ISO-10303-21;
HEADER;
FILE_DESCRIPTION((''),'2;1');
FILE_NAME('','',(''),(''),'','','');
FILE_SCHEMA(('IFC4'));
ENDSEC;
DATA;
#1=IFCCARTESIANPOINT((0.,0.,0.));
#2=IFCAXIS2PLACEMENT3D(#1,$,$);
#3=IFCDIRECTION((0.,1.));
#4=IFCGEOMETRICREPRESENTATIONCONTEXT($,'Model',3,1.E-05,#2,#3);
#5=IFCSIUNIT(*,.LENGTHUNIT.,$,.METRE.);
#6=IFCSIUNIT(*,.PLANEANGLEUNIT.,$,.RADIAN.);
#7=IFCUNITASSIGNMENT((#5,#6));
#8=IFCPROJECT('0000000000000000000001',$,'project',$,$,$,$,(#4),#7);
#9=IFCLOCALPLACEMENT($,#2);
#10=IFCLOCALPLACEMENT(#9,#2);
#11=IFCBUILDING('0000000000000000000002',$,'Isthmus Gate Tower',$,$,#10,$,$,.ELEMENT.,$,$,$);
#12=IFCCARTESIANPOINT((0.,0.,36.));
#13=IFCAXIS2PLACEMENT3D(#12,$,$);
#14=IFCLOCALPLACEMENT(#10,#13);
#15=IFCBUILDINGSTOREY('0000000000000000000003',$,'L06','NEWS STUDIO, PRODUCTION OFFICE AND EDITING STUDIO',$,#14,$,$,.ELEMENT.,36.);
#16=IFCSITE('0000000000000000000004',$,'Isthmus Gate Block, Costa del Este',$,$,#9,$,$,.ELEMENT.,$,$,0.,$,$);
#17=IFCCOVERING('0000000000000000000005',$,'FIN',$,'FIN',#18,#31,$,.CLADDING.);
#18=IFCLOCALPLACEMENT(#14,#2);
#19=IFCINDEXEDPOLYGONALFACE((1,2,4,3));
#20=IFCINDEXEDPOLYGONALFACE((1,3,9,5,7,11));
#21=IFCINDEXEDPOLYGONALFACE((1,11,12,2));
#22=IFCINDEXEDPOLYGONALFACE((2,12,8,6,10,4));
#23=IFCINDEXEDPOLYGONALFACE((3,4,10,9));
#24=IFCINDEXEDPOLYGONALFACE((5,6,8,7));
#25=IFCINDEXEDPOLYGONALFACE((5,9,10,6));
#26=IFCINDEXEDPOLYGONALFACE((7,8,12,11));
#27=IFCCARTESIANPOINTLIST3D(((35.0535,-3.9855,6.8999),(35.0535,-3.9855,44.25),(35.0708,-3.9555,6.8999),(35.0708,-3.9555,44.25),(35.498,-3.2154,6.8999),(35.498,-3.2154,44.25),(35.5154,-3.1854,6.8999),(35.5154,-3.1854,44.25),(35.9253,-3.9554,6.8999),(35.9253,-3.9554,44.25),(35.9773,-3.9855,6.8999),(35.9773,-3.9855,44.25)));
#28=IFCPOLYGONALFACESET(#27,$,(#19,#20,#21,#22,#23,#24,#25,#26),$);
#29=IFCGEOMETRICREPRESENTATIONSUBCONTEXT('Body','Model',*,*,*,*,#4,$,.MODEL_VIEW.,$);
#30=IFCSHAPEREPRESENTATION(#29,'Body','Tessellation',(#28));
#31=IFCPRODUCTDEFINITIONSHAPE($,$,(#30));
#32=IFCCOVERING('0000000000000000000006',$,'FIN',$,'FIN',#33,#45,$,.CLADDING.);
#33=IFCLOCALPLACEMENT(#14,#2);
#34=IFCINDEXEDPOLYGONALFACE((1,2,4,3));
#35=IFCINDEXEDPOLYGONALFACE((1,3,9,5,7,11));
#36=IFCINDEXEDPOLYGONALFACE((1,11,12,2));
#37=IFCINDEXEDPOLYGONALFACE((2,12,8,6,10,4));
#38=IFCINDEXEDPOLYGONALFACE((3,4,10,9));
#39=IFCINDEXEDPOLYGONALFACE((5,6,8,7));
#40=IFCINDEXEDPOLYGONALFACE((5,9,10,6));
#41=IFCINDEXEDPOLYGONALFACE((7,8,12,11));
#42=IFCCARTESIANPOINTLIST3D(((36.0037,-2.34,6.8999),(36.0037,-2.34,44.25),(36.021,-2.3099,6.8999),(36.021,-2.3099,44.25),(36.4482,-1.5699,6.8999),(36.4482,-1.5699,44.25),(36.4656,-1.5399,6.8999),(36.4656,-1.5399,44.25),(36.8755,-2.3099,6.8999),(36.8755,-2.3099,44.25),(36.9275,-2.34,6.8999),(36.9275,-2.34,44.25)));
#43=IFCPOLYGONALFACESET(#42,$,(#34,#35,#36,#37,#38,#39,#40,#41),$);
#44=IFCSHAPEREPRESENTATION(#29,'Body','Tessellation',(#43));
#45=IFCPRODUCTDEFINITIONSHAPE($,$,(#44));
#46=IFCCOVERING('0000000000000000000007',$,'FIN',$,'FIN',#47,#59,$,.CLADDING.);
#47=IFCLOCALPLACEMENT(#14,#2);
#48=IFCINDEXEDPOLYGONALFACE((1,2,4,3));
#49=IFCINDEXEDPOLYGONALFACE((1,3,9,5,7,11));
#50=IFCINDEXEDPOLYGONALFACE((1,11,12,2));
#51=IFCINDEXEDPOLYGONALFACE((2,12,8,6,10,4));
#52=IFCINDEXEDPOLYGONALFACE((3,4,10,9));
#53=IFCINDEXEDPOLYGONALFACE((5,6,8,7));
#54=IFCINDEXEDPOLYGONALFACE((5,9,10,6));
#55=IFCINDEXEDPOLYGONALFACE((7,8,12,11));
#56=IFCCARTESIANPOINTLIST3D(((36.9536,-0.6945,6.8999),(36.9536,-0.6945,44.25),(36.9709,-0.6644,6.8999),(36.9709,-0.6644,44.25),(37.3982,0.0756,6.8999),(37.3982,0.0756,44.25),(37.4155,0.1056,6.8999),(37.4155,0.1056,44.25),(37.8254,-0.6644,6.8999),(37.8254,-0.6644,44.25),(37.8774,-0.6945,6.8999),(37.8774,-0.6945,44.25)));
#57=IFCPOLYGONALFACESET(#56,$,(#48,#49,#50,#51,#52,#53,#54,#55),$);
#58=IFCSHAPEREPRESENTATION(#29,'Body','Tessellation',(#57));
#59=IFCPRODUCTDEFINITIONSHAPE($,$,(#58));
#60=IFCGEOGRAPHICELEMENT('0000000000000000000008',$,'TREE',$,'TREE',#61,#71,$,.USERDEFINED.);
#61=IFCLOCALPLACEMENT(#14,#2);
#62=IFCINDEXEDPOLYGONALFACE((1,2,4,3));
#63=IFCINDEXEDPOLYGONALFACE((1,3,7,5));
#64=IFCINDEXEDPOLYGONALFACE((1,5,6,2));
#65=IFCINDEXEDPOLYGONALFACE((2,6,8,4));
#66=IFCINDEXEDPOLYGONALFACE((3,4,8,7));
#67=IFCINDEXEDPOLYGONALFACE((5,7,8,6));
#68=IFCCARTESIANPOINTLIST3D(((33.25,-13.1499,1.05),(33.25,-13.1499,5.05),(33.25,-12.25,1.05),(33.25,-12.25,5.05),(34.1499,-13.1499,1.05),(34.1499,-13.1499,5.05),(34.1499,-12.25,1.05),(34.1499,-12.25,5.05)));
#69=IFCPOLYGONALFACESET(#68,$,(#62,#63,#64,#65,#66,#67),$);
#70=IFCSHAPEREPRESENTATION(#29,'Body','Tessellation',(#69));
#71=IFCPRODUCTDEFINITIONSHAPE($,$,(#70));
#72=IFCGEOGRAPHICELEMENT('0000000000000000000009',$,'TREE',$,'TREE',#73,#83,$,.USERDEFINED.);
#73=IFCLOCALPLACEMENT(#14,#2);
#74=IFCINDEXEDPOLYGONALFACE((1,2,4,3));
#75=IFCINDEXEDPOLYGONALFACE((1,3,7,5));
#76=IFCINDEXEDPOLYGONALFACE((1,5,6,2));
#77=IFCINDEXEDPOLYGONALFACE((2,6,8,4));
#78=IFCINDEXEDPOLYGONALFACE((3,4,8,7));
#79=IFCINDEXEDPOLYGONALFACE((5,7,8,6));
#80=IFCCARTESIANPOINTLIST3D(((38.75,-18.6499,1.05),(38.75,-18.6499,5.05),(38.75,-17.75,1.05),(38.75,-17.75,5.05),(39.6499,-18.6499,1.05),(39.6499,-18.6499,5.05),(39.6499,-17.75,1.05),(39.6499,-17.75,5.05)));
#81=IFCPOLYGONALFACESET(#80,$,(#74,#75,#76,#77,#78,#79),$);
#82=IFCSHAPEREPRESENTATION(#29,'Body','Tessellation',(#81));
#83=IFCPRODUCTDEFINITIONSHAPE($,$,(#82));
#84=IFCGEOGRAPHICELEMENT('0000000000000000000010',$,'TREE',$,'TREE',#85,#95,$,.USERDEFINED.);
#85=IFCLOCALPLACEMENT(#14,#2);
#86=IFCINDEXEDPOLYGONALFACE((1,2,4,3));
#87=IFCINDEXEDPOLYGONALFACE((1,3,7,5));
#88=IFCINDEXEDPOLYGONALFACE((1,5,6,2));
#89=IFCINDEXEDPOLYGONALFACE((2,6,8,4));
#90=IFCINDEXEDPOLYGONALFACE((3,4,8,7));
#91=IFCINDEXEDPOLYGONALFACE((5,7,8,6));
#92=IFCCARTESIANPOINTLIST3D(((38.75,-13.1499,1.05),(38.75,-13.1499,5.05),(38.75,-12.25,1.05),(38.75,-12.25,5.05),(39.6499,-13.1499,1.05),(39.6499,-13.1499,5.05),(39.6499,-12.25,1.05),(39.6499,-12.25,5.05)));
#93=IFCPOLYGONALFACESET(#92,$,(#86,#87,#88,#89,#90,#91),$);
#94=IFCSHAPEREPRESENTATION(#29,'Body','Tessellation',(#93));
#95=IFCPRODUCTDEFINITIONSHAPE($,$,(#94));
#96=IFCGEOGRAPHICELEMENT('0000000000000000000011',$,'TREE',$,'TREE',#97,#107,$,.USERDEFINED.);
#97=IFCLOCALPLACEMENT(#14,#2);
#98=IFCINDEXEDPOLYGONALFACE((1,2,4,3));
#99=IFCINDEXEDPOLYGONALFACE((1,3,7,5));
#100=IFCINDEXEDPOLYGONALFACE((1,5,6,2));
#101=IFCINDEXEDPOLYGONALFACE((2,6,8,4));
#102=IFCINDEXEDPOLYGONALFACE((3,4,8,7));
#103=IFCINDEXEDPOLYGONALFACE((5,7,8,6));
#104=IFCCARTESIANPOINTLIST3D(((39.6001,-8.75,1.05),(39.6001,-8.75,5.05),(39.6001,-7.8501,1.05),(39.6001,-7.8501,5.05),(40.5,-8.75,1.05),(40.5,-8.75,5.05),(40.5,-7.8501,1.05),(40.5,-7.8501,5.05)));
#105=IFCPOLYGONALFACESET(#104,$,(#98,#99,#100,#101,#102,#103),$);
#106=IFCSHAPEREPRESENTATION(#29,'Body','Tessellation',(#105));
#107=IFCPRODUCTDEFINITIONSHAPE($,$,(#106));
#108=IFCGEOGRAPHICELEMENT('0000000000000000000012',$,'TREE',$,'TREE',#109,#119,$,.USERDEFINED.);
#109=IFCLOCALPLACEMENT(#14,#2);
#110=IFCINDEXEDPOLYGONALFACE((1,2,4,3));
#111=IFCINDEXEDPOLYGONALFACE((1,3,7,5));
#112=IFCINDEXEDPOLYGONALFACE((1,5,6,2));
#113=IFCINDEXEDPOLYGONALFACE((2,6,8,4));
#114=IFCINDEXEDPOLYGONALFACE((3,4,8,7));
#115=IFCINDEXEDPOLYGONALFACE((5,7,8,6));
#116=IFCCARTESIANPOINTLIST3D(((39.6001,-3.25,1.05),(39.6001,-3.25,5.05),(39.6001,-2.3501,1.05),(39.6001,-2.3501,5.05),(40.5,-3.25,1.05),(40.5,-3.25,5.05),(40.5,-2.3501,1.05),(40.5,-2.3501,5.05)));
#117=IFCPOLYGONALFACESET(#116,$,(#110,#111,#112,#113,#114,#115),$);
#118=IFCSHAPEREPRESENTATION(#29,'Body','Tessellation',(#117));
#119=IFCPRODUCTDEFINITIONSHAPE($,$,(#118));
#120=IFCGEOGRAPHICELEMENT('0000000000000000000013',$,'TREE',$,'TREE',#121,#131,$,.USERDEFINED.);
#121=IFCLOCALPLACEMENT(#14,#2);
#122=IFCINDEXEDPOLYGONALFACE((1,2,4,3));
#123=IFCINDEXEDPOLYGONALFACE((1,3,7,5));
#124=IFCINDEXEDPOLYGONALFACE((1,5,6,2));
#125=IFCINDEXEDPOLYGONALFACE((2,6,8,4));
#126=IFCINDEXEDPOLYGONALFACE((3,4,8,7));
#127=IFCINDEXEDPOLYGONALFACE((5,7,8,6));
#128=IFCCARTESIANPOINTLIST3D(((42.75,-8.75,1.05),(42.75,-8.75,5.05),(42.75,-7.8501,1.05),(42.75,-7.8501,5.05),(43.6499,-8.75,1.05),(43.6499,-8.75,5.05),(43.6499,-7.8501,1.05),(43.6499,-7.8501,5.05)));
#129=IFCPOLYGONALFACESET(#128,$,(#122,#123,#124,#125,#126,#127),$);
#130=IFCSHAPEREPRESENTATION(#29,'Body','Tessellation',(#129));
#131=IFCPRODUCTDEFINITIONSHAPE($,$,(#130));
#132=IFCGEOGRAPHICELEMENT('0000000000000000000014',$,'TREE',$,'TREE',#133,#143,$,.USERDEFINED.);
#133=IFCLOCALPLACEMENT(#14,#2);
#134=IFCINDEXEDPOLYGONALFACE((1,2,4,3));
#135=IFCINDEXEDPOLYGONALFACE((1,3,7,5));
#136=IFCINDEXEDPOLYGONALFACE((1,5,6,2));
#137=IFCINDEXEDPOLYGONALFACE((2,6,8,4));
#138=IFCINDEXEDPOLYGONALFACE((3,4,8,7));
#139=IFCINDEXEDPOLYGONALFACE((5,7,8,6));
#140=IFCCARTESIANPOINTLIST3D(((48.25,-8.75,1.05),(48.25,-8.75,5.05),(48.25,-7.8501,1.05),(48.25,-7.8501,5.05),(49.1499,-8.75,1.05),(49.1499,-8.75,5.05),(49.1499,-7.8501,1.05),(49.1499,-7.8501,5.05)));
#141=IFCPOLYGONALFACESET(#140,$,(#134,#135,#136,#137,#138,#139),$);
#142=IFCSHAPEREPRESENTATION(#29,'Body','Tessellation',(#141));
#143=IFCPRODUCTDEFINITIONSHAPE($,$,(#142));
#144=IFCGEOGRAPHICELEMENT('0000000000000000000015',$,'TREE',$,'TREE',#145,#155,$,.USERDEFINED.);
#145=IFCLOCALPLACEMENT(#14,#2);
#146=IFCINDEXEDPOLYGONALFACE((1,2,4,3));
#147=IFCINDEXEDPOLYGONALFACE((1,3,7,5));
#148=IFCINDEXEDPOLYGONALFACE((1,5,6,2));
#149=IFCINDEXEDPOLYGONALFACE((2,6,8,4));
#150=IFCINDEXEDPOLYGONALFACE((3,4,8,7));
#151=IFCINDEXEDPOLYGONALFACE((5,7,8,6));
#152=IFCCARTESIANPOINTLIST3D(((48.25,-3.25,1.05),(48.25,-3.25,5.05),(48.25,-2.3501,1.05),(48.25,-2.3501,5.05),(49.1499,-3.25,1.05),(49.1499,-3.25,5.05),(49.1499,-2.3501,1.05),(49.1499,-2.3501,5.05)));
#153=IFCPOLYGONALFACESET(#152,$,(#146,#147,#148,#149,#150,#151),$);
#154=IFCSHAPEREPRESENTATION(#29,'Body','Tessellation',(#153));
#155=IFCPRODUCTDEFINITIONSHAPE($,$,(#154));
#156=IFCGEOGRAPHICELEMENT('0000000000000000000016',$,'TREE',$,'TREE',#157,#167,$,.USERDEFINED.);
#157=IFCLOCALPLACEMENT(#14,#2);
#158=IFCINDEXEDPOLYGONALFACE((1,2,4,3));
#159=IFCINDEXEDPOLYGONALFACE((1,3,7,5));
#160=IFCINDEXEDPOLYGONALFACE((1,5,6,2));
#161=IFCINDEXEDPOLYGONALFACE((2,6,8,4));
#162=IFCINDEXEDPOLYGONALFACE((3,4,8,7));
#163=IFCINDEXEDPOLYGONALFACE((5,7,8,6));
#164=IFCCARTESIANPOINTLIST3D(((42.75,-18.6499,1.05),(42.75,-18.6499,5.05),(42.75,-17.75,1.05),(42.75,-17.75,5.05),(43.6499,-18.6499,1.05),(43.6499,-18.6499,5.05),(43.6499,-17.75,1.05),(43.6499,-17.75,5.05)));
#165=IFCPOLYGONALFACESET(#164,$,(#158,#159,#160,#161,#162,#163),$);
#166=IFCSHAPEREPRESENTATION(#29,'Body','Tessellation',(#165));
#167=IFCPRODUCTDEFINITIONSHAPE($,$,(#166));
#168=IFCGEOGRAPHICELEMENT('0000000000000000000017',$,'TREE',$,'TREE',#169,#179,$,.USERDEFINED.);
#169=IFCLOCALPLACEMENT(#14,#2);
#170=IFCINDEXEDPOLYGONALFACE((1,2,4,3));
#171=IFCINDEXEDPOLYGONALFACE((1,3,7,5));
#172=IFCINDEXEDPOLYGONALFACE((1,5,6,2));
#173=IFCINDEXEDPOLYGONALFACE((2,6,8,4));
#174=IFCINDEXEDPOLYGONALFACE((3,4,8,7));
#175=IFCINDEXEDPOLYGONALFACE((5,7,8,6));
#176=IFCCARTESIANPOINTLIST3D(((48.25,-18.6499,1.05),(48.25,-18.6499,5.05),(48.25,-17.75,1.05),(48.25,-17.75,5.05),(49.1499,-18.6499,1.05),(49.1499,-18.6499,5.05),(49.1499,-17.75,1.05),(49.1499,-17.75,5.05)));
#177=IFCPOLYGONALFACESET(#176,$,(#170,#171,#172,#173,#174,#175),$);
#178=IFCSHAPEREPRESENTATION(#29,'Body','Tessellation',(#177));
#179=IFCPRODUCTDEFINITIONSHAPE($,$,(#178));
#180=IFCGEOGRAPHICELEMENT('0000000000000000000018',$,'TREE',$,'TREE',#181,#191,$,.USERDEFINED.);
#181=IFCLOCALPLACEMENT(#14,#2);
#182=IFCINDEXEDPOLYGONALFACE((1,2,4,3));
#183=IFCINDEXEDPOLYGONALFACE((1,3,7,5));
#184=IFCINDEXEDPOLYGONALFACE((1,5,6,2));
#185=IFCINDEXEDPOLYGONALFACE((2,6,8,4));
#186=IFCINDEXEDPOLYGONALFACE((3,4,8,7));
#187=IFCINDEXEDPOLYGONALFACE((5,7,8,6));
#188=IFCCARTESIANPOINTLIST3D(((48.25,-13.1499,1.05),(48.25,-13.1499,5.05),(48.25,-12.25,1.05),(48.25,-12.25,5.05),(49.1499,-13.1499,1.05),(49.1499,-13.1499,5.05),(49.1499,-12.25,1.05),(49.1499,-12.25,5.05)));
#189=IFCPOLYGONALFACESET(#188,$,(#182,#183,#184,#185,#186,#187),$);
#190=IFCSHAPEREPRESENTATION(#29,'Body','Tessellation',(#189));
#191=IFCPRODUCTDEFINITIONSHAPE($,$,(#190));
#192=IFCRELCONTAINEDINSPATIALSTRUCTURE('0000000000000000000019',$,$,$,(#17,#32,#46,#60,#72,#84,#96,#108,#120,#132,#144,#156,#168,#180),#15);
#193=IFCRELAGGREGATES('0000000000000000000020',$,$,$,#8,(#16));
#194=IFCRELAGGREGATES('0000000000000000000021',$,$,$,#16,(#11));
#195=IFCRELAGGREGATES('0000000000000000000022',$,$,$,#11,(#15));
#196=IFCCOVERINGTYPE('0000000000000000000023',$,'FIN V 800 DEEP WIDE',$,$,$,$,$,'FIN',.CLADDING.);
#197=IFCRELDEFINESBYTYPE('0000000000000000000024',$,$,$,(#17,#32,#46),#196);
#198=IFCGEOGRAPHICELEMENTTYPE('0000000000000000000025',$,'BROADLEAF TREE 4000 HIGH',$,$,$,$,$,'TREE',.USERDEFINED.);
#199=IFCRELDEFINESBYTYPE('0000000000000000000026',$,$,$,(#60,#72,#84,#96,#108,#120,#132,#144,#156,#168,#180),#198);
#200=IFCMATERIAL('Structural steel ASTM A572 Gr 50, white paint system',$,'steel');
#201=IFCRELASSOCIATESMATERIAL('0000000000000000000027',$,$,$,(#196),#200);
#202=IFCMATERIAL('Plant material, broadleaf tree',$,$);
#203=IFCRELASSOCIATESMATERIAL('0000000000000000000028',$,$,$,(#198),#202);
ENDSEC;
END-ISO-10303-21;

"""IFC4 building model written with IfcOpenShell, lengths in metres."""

from ifc_helpers import new_model, si_unit, direction, frame, origin, origin_2d, place, context, subcontext, project, spatial, polyline, rectangle, outline, extrude, material, material_profile, profile_set, type_object, element, save


model = new_model("IFC4")

# Units and contexts
model_context = context("Model", 3, precision=1e-05, world=origin(), true_north=direction((0.0, 1.0)))
body_context = subcontext(model_context, "Body", "Model", "MODEL_VIEW")
ifc_project = project(units=[si_unit("LENGTHUNIT", "METRE"), si_unit("PLANEANGLEUNIT", "RADIAN")], contexts=[model_context])

# Site, building, storey
site_placement = place(None, origin())
site = spatial("IfcSite", under=ifc_project, at=site_placement, Name="Isthmus Gate Block, Costa del Este", CompositionType="ELEMENT", RefElevation=0.0)
building_placement = place(site_placement, origin())
building = spatial("IfcBuilding", under=site, at=building_placement, Name="Isthmus Gate Tower", CompositionType="ELEMENT")
storey_placement = place(building_placement, frame((0.0, 0.0, 36.0)))
storey = spatial("IfcBuildingStorey", under=building, at=storey_placement, Name="L06", Description="NEWS STUDIO, PRODUCTION OFFICE AND EDITING STUDIO", CompositionType="ELEMENT", Elevation=36.0)

# Coverings
ifc_material_1 = material(Name="Structural steel ASTM A572 Gr 50, white paint system", Category="steel")
ifc_material_profile_1 = material_profile(ifc_material_1, outline(polyline([(0.0, -0.4619), (0.8, 0.0), (0.0, 0.4619), (0.0, 0.4272), (0.74, 0.0), (0.0, -0.4272), (0.0, -0.4619)])), Name="V800W")
ifc_profile_set_1 = profile_set([ifc_material_profile_1], Name="Structural steel ASTM A572 Gr 50, white paint system")
covering_type = type_object("IfcCoveringType", Name="FIN V 800 DEEP WIDE", ElementType="FIN", PredefinedType="CLADDING", material=ifc_profile_set_1)
for number, where, z_axis, x_axis, name in (
    (1, (35.2844, -3.5854, 6.8999), (0.0, 0.0, 1.0), (0.866025, -0.5, 0.0), "FIN"),
    (2, (36.2346, -1.9399, 6.8999), (0.0, 0.0, 1.0), (0.866025, -0.5, 0.0), "FIN"),
    (3, (37.1846, -0.2944, 6.8999), (0.0, 0.0, 1.0), (0.866025, -0.5, 0.0), "FIN"),
):
    element("IfcCovering", number, at=place(storey_placement, frame(where, z_axis=z_axis, x_axis=x_axis)), inside=storey, type_object=covering_type, Name=name, ObjectType="FIN", PredefinedType="CLADDING", context=body_context, shape_type="SweptSolid", body=[
        extrude(outline(polyline([(0.0, -0.4619), (0.8, 0.0), (0.0, 0.4619), (0.0, 0.4272), (0.74, 0.0), (0.0, -0.4272), (0.0, -0.4619)])), origin(), (0.0, 0.0, 1.0), 37.3501),
    ])

# Geographic elements
ifc_material_2 = material(Name="Plant material, broadleaf tree")
geographic_element_type = type_object("IfcGeographicElementType", Name="BROADLEAF TREE 4000 HIGH", ElementType="TREE", PredefinedType="USERDEFINED", material=ifc_material_2)
for number, where, z_axis, x_axis, name in (
    (4, (33.7, -12.7, 1.05), (0.0, 0.0, 1.0), (1.0, 0.0, 0.0), "TREE"),
    (5, (39.2, -18.2, 1.05), (0.0, 0.0, 1.0), (1.0, 0.0, 0.0), "TREE"),
    (6, (39.2, -12.7, 1.05), (0.0, 0.0, 1.0), (1.0, 0.0, 0.0), "TREE"),
    (7, (40.05, -8.3, 1.05), (0.0, 0.0, 1.0), (1.0, 0.0, 0.0), "TREE"),
    (8, (40.05, -2.8, 1.05), (0.0, 0.0, 1.0), (1.0, 0.0, 0.0), "TREE"),
    (9, (43.2, -8.3, 1.05), (0.0, 0.0, 1.0), (1.0, 0.0, 0.0), "TREE"),
    (10, (48.7, -8.3, 1.05), (0.0, 0.0, 1.0), (1.0, 0.0, 0.0), "TREE"),
    (11, (48.7, -2.8, 1.05), (0.0, 0.0, 1.0), (1.0, 0.0, 0.0), "TREE"),
    (12, (43.2, -18.2, 1.05), (0.0, 0.0, 1.0), (1.0, 0.0, 0.0), "TREE"),
    (13, (48.7, -18.2, 1.05), (0.0, 0.0, 1.0), (1.0, 0.0, 0.0), "TREE"),
    (14, (48.7, -12.7, 1.05), (0.0, 0.0, 1.0), (1.0, 0.0, 0.0), "TREE"),
):
    element("IfcGeographicElement", number, at=place(storey_placement, frame(where, z_axis=z_axis, x_axis=x_axis)), inside=storey, type_object=geographic_element_type, Name=name, ObjectType="TREE", PredefinedType="USERDEFINED", context=body_context, shape_type="SweptSolid", body=[
        extrude(rectangle(XDim=0.8999, YDim=0.8999, at=origin_2d()), origin(), (0.0, 0.0, 1.0), 4.0),
    ])

save(model, "model.ifc")
